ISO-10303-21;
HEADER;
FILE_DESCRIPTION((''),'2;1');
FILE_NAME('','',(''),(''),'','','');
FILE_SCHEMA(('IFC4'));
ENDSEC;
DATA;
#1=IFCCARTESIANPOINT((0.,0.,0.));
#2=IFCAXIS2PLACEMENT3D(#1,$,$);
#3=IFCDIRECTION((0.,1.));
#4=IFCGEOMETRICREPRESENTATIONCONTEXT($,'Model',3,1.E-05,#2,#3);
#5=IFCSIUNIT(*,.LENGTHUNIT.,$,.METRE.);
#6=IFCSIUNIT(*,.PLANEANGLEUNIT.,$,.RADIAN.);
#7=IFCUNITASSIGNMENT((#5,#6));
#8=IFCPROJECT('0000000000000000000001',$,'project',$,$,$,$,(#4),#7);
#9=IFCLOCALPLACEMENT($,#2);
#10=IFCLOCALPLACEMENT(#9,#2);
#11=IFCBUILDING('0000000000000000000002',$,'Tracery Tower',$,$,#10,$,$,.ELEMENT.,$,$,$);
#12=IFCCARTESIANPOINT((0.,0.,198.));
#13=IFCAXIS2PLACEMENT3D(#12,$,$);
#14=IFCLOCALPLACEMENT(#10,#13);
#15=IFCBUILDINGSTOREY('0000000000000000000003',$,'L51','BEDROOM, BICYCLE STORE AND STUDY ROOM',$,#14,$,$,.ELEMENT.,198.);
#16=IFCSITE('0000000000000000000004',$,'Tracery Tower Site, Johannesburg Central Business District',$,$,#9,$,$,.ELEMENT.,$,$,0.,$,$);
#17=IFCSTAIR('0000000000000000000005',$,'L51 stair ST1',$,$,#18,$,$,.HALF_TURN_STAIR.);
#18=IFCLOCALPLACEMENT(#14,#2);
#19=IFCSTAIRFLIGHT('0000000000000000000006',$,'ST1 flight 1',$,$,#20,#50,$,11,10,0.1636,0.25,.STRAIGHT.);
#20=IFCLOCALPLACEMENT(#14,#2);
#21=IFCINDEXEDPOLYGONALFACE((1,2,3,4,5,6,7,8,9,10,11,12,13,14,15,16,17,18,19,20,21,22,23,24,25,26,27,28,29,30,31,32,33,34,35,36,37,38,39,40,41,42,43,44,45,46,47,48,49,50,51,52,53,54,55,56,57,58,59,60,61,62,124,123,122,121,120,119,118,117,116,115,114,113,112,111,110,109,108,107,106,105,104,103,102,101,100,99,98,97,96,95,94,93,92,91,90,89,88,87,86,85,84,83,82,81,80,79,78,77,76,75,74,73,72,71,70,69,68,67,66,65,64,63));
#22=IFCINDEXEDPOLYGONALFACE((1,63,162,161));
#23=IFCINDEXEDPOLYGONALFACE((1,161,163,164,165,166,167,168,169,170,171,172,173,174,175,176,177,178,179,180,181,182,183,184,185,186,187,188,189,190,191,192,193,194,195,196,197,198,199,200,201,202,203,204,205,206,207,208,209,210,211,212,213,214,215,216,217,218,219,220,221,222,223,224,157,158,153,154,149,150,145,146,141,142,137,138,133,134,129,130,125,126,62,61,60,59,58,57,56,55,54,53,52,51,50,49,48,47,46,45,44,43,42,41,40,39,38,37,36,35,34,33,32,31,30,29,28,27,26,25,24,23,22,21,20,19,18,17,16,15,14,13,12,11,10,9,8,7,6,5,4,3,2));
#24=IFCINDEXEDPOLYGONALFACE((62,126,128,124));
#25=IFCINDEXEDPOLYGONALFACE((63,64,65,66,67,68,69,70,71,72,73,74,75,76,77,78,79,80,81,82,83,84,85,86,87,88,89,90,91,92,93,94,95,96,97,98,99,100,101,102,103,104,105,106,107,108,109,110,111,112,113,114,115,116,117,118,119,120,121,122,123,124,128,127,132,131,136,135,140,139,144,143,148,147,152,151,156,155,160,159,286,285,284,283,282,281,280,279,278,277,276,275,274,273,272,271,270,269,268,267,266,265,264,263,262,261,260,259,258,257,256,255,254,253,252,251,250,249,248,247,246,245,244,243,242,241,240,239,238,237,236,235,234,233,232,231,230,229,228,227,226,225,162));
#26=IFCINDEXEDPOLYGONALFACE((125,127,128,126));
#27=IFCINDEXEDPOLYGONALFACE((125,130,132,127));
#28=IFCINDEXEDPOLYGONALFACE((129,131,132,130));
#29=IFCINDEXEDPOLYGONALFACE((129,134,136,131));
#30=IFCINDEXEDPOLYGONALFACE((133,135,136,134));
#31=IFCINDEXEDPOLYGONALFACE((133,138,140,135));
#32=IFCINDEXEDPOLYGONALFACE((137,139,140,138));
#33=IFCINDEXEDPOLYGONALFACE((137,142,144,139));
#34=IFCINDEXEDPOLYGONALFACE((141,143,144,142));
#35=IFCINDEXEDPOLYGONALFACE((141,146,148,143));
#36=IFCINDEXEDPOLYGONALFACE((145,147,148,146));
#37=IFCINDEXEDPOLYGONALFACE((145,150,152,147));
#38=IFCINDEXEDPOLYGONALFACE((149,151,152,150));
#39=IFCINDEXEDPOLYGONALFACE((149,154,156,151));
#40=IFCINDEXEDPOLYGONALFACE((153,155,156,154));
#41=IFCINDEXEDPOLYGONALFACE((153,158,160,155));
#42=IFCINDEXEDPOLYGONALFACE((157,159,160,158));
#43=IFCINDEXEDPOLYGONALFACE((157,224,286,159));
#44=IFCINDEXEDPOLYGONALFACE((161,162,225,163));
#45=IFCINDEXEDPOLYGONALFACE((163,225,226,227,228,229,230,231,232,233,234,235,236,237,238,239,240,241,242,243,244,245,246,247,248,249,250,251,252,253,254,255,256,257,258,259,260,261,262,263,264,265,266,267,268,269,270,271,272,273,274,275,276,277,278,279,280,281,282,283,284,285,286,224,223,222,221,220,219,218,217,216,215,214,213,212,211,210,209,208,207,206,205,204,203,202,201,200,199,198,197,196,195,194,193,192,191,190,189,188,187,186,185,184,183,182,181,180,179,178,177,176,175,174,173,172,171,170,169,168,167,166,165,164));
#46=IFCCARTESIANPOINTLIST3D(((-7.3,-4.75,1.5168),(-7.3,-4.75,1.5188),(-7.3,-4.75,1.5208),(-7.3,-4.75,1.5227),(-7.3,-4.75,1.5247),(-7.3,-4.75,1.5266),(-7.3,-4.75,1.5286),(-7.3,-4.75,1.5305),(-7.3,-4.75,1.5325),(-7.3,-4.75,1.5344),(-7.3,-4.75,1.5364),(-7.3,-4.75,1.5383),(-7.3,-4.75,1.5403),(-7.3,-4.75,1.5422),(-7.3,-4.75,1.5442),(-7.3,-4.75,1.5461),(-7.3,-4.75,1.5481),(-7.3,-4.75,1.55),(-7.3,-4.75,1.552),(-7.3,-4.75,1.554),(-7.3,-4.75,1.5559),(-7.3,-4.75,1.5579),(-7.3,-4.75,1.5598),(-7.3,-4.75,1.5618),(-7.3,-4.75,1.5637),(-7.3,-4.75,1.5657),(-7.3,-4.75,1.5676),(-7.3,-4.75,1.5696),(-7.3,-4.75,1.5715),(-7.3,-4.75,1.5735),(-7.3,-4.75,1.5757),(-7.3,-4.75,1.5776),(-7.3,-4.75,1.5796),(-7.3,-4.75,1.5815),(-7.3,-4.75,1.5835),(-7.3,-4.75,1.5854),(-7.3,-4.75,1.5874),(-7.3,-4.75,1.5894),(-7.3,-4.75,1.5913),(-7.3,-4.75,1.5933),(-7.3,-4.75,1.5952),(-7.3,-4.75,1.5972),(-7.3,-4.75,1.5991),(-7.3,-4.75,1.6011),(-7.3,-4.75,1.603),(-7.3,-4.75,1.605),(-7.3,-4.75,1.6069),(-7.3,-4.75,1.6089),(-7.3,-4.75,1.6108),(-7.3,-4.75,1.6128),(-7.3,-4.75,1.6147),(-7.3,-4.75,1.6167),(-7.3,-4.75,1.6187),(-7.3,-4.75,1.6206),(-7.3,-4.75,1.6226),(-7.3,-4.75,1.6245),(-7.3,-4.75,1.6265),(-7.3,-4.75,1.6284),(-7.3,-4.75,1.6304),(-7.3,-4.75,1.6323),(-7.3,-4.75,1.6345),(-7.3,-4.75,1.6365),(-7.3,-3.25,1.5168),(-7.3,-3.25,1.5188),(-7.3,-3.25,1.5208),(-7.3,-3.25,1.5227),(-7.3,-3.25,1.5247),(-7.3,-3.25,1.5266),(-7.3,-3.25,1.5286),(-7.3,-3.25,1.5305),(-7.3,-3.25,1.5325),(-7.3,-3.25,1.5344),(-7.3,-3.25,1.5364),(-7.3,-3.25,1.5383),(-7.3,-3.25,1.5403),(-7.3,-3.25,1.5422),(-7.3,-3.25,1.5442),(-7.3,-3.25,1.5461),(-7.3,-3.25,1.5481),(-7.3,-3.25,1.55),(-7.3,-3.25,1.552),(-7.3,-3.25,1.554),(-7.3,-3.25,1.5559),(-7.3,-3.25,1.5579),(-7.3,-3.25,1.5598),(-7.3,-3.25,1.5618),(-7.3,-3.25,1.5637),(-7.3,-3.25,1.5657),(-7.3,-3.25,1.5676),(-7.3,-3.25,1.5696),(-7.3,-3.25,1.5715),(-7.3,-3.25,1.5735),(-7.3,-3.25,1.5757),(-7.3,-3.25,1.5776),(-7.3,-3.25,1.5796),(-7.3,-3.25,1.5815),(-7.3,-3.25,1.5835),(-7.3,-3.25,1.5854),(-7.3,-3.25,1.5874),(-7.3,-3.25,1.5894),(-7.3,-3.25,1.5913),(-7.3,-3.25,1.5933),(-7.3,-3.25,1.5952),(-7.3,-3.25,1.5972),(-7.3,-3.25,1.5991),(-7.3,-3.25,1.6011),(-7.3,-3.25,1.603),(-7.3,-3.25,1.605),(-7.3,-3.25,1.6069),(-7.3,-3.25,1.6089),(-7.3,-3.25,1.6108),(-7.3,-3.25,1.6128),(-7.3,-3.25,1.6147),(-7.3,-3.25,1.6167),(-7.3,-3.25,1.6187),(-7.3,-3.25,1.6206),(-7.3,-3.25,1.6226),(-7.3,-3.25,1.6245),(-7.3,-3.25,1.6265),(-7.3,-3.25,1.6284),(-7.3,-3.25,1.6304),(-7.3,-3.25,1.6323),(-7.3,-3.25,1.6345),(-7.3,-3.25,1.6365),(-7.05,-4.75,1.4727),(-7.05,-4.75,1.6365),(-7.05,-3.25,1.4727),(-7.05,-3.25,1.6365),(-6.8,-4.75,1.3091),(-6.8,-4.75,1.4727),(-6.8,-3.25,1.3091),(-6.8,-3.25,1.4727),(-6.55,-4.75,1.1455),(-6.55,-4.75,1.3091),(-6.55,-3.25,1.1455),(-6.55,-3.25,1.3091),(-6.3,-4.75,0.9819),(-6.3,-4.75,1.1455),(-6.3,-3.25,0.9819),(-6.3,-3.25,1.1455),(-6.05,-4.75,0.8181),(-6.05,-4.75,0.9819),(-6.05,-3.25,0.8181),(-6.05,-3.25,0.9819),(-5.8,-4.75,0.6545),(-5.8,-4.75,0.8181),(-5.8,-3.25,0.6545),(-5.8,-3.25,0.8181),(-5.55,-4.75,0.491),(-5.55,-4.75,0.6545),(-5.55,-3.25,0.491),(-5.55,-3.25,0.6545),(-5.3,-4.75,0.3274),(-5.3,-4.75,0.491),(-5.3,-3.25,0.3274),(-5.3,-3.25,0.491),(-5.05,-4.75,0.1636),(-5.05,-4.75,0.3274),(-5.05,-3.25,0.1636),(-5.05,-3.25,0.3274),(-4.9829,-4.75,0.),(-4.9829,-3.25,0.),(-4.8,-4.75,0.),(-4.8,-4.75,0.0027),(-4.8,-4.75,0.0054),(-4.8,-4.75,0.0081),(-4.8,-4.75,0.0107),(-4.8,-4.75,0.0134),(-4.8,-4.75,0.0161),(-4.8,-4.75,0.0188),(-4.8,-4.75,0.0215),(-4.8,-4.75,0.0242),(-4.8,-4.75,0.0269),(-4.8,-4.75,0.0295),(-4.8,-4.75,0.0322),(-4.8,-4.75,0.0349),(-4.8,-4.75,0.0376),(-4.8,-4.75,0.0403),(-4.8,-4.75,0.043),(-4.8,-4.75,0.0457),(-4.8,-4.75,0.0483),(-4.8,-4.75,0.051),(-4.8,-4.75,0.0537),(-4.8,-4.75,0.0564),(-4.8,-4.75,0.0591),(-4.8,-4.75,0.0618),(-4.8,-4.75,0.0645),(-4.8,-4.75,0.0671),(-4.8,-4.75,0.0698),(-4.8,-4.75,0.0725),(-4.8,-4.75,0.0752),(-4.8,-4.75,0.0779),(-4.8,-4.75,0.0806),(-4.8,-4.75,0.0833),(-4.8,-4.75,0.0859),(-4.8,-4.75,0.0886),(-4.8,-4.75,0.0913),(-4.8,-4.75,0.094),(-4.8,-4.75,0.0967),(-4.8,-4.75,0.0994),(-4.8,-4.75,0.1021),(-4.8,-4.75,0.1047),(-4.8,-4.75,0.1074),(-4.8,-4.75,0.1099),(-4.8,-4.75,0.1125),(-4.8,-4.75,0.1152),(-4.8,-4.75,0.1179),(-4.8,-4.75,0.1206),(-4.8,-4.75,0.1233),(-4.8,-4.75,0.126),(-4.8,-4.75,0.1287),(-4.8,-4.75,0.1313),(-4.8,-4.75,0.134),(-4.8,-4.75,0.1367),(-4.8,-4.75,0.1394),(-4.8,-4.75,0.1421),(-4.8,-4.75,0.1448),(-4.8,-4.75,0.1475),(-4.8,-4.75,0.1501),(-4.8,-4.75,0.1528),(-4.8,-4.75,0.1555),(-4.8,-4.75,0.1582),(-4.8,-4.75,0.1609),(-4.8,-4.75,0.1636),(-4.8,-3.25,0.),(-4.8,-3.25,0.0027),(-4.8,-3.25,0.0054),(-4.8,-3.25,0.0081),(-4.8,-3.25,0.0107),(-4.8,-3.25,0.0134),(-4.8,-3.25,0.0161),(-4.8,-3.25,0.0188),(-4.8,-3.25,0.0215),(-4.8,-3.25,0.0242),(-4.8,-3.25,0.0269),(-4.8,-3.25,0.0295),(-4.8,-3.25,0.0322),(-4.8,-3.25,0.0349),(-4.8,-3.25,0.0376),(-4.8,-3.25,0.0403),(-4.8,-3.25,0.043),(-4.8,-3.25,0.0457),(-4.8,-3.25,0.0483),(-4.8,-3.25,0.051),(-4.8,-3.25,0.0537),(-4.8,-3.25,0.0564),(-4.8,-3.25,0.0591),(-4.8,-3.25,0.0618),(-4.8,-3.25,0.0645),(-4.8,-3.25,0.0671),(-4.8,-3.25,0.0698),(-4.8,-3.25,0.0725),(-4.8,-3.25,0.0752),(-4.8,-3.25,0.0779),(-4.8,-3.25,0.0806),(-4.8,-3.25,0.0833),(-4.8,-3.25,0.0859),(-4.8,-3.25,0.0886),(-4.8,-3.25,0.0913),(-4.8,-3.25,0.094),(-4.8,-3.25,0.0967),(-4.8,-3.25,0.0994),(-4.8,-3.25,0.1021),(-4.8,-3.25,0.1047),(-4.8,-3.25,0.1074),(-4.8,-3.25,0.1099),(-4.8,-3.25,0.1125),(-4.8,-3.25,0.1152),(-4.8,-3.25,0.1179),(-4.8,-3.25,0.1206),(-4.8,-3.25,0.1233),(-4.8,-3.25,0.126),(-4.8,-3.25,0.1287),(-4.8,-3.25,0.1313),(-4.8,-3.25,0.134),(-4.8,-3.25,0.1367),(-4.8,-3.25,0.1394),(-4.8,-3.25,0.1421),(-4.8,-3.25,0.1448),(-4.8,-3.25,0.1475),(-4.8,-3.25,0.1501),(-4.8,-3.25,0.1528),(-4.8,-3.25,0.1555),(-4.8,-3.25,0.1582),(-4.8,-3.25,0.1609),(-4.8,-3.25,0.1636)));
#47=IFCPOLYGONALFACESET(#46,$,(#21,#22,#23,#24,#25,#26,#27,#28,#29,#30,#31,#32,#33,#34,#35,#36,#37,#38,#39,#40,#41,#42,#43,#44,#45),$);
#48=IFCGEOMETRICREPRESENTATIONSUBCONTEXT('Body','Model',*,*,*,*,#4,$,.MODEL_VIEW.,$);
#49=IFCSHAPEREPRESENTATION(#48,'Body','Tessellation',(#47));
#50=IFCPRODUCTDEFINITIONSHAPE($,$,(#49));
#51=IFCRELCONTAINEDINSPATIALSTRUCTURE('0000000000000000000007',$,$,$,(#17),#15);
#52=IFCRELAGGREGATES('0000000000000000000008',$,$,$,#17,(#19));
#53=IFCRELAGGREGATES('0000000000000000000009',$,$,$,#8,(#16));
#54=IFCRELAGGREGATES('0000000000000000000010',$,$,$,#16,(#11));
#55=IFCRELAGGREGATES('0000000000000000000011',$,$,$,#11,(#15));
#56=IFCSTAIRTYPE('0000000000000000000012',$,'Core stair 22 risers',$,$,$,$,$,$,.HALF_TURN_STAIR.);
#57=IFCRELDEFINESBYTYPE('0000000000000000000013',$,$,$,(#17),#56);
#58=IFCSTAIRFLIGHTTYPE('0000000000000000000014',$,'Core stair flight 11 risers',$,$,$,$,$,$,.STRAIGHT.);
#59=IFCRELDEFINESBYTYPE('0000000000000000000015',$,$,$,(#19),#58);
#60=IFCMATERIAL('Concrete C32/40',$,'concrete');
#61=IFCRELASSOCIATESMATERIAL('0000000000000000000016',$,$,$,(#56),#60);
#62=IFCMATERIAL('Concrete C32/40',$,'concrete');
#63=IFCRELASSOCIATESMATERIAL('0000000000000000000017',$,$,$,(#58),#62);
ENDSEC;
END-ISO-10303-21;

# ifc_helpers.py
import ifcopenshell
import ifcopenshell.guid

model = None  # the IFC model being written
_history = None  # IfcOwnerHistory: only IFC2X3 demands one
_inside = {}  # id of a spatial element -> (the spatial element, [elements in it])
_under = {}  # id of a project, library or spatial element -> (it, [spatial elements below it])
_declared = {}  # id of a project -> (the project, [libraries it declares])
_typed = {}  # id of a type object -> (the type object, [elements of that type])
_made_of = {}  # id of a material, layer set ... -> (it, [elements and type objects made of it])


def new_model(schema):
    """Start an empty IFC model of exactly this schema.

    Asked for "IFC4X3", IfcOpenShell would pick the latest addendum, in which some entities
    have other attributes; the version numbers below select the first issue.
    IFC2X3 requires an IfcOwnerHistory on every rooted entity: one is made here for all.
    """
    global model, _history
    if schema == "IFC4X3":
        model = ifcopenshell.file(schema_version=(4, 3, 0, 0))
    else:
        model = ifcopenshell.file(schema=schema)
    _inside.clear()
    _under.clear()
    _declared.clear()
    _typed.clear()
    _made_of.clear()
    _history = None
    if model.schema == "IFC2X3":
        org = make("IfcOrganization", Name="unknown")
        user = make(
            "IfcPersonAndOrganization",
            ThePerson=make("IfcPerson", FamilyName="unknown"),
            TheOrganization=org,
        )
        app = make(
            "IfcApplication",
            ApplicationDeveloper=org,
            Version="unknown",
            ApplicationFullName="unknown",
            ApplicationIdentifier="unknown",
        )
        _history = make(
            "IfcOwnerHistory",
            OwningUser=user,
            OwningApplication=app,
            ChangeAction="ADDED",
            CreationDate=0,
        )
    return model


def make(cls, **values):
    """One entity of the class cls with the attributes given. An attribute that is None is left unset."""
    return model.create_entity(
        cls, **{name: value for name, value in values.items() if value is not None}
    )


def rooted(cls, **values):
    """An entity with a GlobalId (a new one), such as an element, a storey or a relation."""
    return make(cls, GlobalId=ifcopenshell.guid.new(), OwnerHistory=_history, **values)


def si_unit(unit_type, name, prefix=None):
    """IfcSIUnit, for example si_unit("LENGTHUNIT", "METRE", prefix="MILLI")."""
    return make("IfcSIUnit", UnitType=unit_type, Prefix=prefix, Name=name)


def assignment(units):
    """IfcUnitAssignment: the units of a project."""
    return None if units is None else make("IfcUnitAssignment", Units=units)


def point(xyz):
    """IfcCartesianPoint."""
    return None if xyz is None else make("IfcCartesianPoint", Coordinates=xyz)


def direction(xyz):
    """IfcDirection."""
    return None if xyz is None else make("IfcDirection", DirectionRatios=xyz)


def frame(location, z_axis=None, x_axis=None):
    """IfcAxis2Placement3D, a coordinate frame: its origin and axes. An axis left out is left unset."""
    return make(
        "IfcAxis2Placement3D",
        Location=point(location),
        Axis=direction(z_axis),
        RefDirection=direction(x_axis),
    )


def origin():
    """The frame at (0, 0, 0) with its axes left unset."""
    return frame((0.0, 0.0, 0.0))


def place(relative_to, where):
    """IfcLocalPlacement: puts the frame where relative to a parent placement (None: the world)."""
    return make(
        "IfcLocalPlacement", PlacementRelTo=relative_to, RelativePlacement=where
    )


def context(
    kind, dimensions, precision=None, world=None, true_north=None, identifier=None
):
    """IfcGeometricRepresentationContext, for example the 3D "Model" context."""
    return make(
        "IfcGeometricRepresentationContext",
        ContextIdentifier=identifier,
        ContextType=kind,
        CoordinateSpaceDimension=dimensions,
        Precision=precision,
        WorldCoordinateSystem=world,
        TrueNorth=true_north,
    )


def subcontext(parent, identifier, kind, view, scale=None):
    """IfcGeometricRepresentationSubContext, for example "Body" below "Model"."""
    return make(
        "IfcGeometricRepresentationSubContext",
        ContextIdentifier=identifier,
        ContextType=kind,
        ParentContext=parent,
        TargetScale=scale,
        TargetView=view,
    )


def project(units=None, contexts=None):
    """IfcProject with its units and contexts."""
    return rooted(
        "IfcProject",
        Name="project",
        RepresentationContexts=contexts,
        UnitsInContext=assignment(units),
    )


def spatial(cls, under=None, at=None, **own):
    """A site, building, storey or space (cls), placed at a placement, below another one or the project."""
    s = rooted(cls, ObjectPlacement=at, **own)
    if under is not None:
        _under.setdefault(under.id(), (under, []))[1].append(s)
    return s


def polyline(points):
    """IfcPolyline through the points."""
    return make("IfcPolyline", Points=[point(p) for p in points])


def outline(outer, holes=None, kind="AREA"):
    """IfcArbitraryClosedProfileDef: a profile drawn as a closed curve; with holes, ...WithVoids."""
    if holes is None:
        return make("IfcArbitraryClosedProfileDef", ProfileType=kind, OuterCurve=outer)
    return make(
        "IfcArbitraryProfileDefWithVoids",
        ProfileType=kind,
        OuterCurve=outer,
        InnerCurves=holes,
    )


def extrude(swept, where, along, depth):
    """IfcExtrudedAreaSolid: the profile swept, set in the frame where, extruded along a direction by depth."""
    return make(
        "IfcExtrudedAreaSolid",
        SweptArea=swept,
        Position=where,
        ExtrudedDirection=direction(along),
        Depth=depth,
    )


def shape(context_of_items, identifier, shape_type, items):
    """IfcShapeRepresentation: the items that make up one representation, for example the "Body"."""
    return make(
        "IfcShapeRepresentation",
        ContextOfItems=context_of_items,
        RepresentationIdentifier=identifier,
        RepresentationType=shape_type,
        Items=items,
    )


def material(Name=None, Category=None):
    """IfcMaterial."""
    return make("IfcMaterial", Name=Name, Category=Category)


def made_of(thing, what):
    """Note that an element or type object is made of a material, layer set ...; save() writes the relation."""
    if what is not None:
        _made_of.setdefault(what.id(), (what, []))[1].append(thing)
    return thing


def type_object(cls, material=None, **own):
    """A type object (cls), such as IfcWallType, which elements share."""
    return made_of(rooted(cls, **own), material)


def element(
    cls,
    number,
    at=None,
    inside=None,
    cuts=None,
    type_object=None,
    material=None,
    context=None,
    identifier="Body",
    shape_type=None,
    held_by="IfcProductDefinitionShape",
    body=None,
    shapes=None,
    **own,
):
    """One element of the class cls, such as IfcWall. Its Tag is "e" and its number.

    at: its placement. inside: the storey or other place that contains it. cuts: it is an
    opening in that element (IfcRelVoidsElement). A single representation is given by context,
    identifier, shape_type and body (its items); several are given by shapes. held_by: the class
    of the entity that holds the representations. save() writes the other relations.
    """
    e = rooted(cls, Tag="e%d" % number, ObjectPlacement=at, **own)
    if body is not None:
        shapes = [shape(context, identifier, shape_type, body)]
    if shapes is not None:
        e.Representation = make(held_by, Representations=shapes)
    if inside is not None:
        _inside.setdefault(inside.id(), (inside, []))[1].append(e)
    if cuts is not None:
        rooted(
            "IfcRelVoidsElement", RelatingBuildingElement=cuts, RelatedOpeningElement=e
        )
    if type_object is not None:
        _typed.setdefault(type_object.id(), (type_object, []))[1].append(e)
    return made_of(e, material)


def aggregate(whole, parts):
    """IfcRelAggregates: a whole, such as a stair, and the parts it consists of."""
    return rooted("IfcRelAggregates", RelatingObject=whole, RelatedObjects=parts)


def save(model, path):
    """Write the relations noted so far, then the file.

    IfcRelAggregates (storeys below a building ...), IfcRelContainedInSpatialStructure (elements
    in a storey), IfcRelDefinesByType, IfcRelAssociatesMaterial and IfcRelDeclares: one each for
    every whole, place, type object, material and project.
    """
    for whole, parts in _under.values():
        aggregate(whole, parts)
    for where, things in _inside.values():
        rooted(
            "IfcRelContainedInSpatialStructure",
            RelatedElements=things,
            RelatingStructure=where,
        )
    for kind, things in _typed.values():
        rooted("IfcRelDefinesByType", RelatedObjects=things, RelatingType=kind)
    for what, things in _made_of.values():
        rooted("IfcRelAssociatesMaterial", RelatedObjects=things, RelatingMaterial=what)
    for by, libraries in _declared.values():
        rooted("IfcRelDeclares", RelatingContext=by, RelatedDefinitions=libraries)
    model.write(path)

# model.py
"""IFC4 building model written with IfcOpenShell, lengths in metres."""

from ifc_helpers import new_model, si_unit, direction, frame, origin, place, context, subcontext, project, spatial, polyline, outline, extrude, material, type_object, element, aggregate, save


model = new_model("IFC4")

# Units and contexts
model_context = context("Model", 3, precision=1e-05, world=origin(), true_north=direction((0.0, 1.0)))
body_context = subcontext(model_context, "Body", "Model", "MODEL_VIEW")
ifc_project = project(units=[si_unit("LENGTHUNIT", "METRE"), si_unit("PLANEANGLEUNIT", "RADIAN")], contexts=[model_context])

# Site, building, storey
site_placement = place(None, origin())
site = spatial("IfcSite", under=ifc_project, at=site_placement, Name="Tracery Tower Site, Johannesburg Central Business District", CompositionType="ELEMENT", RefElevation=0.0)
building_placement = place(site_placement, origin())
building = spatial("IfcBuilding", under=site, at=building_placement, Name="Tracery Tower", CompositionType="ELEMENT")
storey_placement = place(building_placement, frame((0.0, 0.0, 198.0)))
storey = spatial("IfcBuildingStorey", under=building, at=storey_placement, Name="L51", Description="BEDROOM, BICYCLE STORE AND STUDY ROOM", CompositionType="ELEMENT", Elevation=198.0)

# Stair, stair flight
ifc_material_1 = material(Name="Concrete C32/40", Category="concrete")
stair_type = type_object("IfcStairType", Name="Core stair 22 risers", PredefinedType="HALF_TURN_STAIR", material=ifc_material_1)
stair_placement = place(storey_placement, origin())
stair = element("IfcStair", 1, at=stair_placement, inside=storey, type_object=stair_type, Name="L51 stair ST1", PredefinedType="HALF_TURN_STAIR")
ifc_material_2 = material(Name="Concrete C32/40", Category="concrete")
stair_flight_type = type_object("IfcStairFlightType", Name="Core stair flight 11 risers", PredefinedType="STRAIGHT", material=ifc_material_2)
stair_flight_1_placement = place(storey_placement, frame((-4.8, -4.0, 0.0), z_axis=(0.0, 0.0, 1.0), x_axis=(-1.0, 0.0, 0.0)))
stair_flight_1 = element("IfcStairFlight", 2, at=stair_flight_1_placement, type_object=stair_flight_type, Name="ST1 flight 1", NumberOfRisers=11, NumberOfTreads=10, PredefinedType="STRAIGHT", RiserHeight=0.1636, TreadLength=0.25, context=body_context, shape_type="SweptSolid", body=[
    extrude(outline(polyline([(0.0, 0.0), (0.0, 0.0027), (0.0, 0.0054), (0.0, 0.0081), (0.0, 0.0107), (0.0, 0.0134), (0.0, 0.0161), (0.0, 0.0188), (0.0, 0.0215), (0.0, 0.0242), (0.0, 0.0269), (0.0, 0.0295), (0.0, 0.0322), (0.0, 0.0349), (0.0, 0.0376), (0.0, 0.0403), (0.0, 0.043), (0.0, 0.0457), (0.0, 0.0483), (0.0, 0.051), (0.0, 0.0537), (0.0, 0.0564), (0.0, 0.0591), (0.0, 0.0618), (0.0, 0.0645), (0.0, 0.0671), (0.0, 0.0698), (0.0, 0.0725), (0.0, 0.0752), (0.0, 0.0779), (0.0, 0.0806), (0.0, 0.0833), (0.0, 0.0859), (0.0, 0.0886), (0.0, 0.0913), (0.0, 0.094), (0.0, 0.0967), (0.0, 0.0994), (0.0, 0.1021), (0.0, 0.1047), (0.0, 0.1074), (0.0, 0.1099), (0.0, 0.1125), (0.0, 0.1152), (0.0, 0.1179), (0.0, 0.1206), (0.0, 0.1233), (0.0, 0.126), (0.0, 0.1287), (0.0, 0.1313), (0.0, 0.134), (0.0, 0.1367), (0.0, 0.1394), (0.0, 0.1421), (0.0, 0.1448), (0.0, 0.1475), (0.0, 0.1501), (0.0, 0.1528), (0.0, 0.1555), (0.0, 0.1582), (0.0, 0.1609), (0.0, 0.1636), (0.25, 0.1636), (0.25, 0.3274), (0.5, 0.3274), (0.5, 0.491), (0.75, 0.491), (0.75, 0.6545), (1.0, 0.6545), (1.0, 0.8181), (1.25, 0.8181), (1.25, 0.9819), (1.5, 0.9819), (1.5, 1.1455), (1.75, 1.1455), (1.75, 1.3091), (2.0, 1.3091), (2.0, 1.4727), (2.25, 1.4727), (2.25, 1.6365), (2.5, 1.6365), (2.5, 1.6345), (2.5, 1.6323), (2.5, 1.6304), (2.5, 1.6284), (2.5, 1.6265), (2.5, 1.6245), (2.5, 1.6226), (2.5, 1.6206), (2.5, 1.6187), (2.5, 1.6167), (2.5, 1.6147), (2.5, 1.6128), (2.5, 1.6108), (2.5, 1.6089), (2.5, 1.6069), (2.5, 1.605), (2.5, 1.603), (2.5, 1.6011), (2.5, 1.5991), (2.5, 1.5972), (2.5, 1.5952), (2.5, 1.5933), (2.5, 1.5913), (2.5, 1.5894), (2.5, 1.5874), (2.5, 1.5854), (2.5, 1.5835), (2.5, 1.5815), (2.5, 1.5796), (2.5, 1.5776), (2.5, 1.5757), (2.5, 1.5735), (2.5, 1.5715), (2.5, 1.5696), (2.5, 1.5676), (2.5, 1.5657), (2.5, 1.5637), (2.5, 1.5618), (2.5, 1.5598), (2.5, 1.5579), (2.5, 1.5559), (2.5, 1.554), (2.5, 1.552), (2.5, 1.55), (2.5, 1.5481), (2.5, 1.5461), (2.5, 1.5442), (2.5, 1.5422), (2.5, 1.5403), (2.5, 1.5383), (2.5, 1.5364), (2.5, 1.5344), (2.5, 1.5325), (2.5, 1.5305), (2.5, 1.5286), (2.5, 1.5266), (2.5, 1.5247), (2.5, 1.5227), (2.5, 1.5208), (2.5, 1.5188), (2.5, 1.5168), (0.1829, 0.0), (0.0, 0.0)])), frame((0.0, 0.75, 0.0), z_axis=(0.0, -1.0, 0.0), x_axis=(1.0, 0.0, 0.0)), (0.0, 0.0, 1.0), 1.5),
])
aggregate(stair, [stair_flight_1])

save(model, "model.ifc")
